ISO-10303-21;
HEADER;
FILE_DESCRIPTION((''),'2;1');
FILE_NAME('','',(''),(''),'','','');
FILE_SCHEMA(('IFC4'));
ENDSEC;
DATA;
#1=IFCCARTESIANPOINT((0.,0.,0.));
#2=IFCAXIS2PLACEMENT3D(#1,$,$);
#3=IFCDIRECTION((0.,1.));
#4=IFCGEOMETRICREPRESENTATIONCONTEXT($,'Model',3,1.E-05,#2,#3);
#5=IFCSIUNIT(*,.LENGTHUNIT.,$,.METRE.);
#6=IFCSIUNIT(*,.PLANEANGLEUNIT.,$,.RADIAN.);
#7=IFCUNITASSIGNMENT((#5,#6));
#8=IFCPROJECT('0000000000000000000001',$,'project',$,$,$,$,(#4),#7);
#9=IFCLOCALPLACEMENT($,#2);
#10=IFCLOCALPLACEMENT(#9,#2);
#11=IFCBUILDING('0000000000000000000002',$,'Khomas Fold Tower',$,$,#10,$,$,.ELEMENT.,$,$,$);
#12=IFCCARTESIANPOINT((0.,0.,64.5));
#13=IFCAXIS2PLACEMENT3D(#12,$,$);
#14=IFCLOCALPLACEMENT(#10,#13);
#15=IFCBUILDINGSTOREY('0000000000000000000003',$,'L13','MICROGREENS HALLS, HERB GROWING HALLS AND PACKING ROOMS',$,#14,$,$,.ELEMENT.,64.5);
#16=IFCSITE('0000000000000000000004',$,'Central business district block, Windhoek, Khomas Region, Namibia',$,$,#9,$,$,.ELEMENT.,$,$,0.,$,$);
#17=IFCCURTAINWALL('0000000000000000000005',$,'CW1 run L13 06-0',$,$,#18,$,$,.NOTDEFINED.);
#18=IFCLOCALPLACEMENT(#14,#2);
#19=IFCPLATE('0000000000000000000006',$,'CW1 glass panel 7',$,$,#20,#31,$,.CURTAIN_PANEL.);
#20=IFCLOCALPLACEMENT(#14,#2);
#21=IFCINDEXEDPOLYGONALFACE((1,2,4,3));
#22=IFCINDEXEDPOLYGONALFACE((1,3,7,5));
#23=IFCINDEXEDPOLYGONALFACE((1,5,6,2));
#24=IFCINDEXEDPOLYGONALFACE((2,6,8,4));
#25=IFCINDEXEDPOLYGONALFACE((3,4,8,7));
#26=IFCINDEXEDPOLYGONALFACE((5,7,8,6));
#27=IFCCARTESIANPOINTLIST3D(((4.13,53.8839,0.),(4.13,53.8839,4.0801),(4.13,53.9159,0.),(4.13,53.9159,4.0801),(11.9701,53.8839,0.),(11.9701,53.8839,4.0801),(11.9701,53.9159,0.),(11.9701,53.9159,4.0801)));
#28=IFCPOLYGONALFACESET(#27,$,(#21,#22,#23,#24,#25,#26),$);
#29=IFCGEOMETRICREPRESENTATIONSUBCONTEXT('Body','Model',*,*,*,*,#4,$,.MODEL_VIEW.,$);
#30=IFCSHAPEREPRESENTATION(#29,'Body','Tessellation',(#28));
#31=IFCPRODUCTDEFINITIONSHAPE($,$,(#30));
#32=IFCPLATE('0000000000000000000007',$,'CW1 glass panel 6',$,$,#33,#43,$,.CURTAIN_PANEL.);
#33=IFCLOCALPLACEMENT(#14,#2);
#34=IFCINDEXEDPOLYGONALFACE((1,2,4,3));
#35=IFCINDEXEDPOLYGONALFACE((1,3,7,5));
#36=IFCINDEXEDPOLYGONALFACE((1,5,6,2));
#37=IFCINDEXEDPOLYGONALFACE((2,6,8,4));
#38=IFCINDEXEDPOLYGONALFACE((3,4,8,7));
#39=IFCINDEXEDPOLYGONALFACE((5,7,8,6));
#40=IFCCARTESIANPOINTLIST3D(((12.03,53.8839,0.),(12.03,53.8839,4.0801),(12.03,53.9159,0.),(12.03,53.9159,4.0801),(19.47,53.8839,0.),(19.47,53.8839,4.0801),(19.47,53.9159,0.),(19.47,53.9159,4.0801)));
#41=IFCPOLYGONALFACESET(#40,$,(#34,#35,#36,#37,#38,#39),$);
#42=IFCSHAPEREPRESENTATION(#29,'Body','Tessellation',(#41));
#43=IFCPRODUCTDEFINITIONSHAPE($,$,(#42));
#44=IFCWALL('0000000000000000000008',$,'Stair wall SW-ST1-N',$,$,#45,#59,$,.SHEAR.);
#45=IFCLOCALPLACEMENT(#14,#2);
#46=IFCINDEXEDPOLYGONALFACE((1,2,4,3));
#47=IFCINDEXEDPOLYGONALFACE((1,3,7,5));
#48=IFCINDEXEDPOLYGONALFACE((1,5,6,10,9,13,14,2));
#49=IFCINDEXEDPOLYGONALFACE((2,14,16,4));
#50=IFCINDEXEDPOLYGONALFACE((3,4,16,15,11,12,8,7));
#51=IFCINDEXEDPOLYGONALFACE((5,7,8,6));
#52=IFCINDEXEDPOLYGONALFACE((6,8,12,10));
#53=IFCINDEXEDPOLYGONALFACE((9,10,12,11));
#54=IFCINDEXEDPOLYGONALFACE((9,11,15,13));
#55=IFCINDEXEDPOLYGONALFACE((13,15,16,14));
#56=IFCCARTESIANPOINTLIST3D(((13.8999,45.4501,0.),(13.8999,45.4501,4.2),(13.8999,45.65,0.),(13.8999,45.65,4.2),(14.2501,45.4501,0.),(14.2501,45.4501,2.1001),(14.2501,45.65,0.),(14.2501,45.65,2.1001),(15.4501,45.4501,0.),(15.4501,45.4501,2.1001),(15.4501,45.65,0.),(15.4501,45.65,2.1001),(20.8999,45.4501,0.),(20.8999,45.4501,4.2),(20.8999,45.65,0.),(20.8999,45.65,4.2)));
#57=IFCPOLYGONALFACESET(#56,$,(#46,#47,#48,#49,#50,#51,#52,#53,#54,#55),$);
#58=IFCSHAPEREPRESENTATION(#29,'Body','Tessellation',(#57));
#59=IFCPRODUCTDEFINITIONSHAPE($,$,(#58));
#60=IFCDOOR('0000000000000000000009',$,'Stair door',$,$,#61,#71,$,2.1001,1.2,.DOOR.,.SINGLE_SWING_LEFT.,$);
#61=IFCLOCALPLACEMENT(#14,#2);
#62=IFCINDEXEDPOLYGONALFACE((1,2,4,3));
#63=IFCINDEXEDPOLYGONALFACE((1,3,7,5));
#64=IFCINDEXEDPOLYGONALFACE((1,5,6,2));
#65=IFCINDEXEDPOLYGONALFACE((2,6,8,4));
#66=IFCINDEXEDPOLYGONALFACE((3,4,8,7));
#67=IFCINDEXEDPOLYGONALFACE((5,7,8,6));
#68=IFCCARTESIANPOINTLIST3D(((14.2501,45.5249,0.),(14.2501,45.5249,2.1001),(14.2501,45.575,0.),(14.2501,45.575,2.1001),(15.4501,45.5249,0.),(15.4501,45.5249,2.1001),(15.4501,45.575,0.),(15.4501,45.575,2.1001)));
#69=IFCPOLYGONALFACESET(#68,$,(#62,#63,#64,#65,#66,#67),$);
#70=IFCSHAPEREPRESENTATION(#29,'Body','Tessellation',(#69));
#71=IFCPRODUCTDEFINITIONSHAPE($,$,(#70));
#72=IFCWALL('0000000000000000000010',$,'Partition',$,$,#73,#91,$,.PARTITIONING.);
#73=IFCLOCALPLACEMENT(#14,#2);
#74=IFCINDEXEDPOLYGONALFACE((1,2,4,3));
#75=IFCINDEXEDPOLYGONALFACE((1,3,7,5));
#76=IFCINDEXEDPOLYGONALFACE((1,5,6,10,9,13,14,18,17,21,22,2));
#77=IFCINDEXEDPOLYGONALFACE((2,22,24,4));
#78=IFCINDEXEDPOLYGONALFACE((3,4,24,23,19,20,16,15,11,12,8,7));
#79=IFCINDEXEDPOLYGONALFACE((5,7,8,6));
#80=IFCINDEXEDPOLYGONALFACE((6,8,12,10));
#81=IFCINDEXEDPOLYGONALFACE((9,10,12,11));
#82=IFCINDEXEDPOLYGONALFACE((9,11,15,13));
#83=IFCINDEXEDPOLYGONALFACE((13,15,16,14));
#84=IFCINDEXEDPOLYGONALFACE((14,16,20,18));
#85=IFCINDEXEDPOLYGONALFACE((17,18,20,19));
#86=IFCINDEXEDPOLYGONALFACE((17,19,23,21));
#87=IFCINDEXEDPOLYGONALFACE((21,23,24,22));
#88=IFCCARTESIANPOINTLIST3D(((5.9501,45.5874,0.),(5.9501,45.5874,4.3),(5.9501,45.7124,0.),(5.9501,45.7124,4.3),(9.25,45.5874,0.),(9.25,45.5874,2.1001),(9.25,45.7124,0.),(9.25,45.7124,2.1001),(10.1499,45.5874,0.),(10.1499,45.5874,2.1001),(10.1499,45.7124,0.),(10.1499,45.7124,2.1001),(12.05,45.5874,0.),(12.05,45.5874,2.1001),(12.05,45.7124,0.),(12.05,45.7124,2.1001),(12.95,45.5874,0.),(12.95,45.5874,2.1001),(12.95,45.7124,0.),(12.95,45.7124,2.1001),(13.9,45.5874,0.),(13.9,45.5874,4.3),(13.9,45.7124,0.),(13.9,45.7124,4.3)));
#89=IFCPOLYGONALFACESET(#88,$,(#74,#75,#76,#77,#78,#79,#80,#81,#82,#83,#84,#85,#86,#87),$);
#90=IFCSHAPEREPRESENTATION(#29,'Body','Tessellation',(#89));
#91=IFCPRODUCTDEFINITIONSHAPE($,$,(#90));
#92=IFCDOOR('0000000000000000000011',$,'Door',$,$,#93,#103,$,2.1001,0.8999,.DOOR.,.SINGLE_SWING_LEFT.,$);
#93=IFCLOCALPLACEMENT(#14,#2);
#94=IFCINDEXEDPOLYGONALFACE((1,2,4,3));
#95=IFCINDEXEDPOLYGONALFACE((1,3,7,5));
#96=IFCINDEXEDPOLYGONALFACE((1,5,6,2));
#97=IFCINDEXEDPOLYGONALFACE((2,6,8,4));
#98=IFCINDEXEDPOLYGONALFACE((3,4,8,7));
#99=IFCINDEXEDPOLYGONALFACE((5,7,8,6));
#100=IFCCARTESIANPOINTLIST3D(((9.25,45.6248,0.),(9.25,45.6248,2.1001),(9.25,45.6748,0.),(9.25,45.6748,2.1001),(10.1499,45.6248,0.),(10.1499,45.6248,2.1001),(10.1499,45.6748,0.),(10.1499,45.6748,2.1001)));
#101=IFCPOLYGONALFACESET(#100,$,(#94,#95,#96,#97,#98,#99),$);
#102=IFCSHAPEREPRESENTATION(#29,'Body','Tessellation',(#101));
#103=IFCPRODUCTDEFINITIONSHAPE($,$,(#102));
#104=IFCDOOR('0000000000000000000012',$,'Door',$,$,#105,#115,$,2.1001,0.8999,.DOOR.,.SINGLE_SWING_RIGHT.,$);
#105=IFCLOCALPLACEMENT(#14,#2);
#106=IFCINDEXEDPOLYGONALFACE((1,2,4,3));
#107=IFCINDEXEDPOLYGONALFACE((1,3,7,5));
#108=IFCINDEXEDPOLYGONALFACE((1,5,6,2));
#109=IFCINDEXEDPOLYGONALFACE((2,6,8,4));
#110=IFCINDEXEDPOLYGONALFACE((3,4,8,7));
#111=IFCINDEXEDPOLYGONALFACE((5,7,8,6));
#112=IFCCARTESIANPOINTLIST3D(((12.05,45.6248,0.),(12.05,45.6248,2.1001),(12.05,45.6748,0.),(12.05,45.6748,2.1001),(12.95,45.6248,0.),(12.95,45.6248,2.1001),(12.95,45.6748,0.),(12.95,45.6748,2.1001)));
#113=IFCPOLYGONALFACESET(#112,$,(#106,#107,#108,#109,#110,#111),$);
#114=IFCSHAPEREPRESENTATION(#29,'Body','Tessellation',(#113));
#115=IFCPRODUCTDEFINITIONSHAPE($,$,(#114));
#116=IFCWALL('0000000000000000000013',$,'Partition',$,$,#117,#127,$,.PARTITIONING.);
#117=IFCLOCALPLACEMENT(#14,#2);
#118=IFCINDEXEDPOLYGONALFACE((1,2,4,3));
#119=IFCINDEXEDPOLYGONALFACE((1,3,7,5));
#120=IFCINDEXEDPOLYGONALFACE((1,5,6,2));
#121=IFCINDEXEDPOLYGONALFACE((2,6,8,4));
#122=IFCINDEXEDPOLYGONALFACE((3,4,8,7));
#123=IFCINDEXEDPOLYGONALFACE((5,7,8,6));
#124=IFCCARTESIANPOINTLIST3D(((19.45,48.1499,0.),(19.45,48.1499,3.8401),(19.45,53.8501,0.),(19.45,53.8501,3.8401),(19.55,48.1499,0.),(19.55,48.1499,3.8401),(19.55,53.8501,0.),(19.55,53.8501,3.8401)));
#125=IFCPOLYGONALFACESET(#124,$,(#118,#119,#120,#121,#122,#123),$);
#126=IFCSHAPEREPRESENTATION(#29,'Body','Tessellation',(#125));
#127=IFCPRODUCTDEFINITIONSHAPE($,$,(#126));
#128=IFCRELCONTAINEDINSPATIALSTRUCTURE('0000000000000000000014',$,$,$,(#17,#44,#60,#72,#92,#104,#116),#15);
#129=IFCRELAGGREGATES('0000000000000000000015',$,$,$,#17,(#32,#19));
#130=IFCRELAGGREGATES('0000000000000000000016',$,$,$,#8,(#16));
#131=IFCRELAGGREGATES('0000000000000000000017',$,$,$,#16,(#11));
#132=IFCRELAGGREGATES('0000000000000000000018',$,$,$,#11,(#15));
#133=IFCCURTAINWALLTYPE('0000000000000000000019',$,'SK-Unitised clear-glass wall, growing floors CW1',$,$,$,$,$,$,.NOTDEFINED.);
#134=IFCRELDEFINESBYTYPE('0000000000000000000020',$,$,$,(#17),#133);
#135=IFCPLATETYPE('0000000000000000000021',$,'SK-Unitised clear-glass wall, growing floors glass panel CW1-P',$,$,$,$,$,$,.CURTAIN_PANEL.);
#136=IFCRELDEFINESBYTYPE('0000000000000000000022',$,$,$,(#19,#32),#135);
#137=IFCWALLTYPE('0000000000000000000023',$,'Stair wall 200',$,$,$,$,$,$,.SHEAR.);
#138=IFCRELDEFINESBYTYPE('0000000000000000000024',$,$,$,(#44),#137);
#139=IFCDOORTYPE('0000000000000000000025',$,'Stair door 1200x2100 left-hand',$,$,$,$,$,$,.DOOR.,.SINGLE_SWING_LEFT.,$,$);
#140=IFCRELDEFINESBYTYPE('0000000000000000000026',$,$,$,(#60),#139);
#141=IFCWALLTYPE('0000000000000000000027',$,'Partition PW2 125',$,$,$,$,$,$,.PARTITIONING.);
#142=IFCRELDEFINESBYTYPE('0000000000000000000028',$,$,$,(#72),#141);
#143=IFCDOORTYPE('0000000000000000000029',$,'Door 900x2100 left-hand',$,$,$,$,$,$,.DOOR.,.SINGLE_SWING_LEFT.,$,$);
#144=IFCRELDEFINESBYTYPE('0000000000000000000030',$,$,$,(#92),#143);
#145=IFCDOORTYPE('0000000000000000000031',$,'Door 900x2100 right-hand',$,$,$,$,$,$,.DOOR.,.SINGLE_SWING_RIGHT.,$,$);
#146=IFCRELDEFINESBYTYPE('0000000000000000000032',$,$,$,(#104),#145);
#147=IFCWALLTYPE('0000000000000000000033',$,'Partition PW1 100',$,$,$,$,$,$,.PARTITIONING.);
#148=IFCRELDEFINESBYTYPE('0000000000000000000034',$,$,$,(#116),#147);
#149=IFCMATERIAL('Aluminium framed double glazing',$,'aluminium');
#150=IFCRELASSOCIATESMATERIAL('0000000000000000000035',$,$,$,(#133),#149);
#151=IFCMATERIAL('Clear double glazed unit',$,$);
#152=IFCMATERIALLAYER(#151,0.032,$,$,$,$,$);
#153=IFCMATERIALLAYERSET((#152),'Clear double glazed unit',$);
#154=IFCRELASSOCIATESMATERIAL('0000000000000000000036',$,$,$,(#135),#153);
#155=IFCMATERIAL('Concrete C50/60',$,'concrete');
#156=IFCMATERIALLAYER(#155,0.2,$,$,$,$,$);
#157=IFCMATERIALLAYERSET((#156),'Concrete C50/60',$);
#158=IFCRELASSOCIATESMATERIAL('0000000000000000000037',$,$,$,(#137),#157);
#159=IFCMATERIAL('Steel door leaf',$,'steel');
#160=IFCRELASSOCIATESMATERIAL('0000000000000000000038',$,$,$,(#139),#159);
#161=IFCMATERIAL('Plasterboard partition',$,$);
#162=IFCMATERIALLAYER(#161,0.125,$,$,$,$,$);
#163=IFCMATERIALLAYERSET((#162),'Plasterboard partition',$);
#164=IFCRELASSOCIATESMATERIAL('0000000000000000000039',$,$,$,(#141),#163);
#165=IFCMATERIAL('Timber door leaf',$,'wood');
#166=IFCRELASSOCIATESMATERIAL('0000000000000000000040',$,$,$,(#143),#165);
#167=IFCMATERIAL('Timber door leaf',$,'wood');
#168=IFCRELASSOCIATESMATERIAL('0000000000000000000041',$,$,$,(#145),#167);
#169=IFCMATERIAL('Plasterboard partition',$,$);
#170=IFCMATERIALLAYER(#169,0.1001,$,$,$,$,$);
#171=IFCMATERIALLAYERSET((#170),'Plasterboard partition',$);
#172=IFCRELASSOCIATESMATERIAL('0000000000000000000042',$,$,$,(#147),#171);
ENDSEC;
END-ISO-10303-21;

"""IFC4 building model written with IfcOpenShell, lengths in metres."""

from ifc_helpers import new_model, si_unit, direction, frame, frame_2d, origin, origin_2d, place, context, subcontext, project, spatial, rectangle, extrude, source, transform, mapped, material, layer, layer_set, type_object, element, fill, aggregate, save


model = new_model("IFC4")

# Units and contexts
model_context = context("Model", 3, precision=1e-05, world=origin(), true_north=direction((0.0, 1.0)))
body_context = subcontext(model_context, "Body", "Model", "MODEL_VIEW")
ifc_project = project(units=[si_unit("LENGTHUNIT", "METRE"), si_unit("PLANEANGLEUNIT", "RADIAN")], contexts=[model_context])

# Site, building, storey
site_placement = place(None, origin())
site = spatial("IfcSite", under=ifc_project, at=site_placement, Name="Central business district block, Windhoek, Khomas Region, Namibia", CompositionType="ELEMENT", RefElevation=0.0)
building_placement = place(site_placement, origin())
building = spatial("IfcBuilding", under=site, at=building_placement, Name="Khomas Fold Tower", CompositionType="ELEMENT")
storey_placement = place(building_placement, frame((0.0, 0.0, 64.5)))
storey = spatial("IfcBuildingStorey", under=building, at=storey_placement, Name="L13", Description="MICROGREENS HALLS, HERB GROWING HALLS AND PACKING ROOMS", CompositionType="ELEMENT", Elevation=64.5)

# Curtain wall, plates
ifc_material_1 = material(Name="Aluminium framed double glazing", Category="aluminium")
curtain_wall_type = type_object("IfcCurtainWallType", Name="SK-Unitised clear-glass wall, growing floors CW1", PredefinedType="NOTDEFINED", material=ifc_material_1)
curtain_wall_placement = place(storey_placement, origin())
curtain_wall = element("IfcCurtainWall", 1, at=curtain_wall_placement, inside=storey, type_object=curtain_wall_type, Name="CW1 run L13 06-0", PredefinedType="NOTDEFINED")
ifc_material_2 = material(Name="Clear double glazed unit")
ifc_layer_1 = layer(ifc_material_2, 0.032)
ifc_layer_set_1 = layer_set([ifc_layer_1], Name="Clear double glazed unit")
plate_type = type_object("IfcPlateType", Name="SK-Unitised clear-glass wall, growing floors glass panel CW1-P", PredefinedType="CURTAIN_PANEL", material=ifc_layer_set_1)
shared_shape_1 = source(origin(), body_context, "Body", "SweptSolid", [
    extrude(rectangle(XDim=7.8401, YDim=0.032, at=origin_2d()), origin(), (0.0, 0.0, 1.0), 4.0801),
])
plate_1_placement = place(storey_placement, frame((8.05, 53.8999, 0.0), z_axis=(0.0, 0.0, 1.0), x_axis=(-1.0, 0.0, 0.0)))
plate_1 = element("IfcPlate", 2, at=plate_1_placement, type_object=plate_type, Name="CW1 glass panel 7", PredefinedType="CURTAIN_PANEL", context=body_context, shape_type="MappedRepresentation", body=[
    mapped(shared_shape_1, transform((0.0, 0.0, 0.0))),
])
shared_shape_2 = source(origin(), body_context, "Body", "SweptSolid", [
    extrude(rectangle(XDim=7.4399, YDim=0.032, at=origin_2d()), origin(), (0.0, 0.0, 1.0), 4.0801),
])
plate_2_placement = place(storey_placement, frame((15.75, 53.8999, 0.0), z_axis=(0.0, 0.0, 1.0), x_axis=(-1.0, 0.0, 0.0)))
plate_2 = element("IfcPlate", 3, at=plate_2_placement, type_object=plate_type, Name="CW1 glass panel 6", PredefinedType="CURTAIN_PANEL", context=body_context, shape_type="MappedRepresentation", body=[
    mapped(shared_shape_2, transform((0.0, 0.0, 0.0))),
])
aggregate(curtain_wall, [plate_2, plate_1])

# Wall, opening, door
ifc_material_3 = material(Name="Concrete C50/60", Category="concrete")
ifc_layer_2 = layer(ifc_material_3, 0.2)
ifc_layer_set_2 = layer_set([ifc_layer_2], Name="Concrete C50/60")
wall_type_1 = type_object("IfcWallType", Name="Stair wall 200", PredefinedType="SHEAR", material=ifc_layer_set_2)
shared_shape_3 = source(origin(), body_context, "Body", "SweptSolid", [
    extrude(rectangle(XDim=7.0, YDim=0.2, at=frame_2d((3.5, 0.0))), origin(), (0.0, 0.0, 1.0), 4.2),
])
wall_1_placement = place(storey_placement, frame((13.8999, 45.55, 0.0), z_axis=(0.0, 0.0, 1.0), x_axis=(1.0, 0.0, 0.0)))
wall_1 = element("IfcWall", 4, at=wall_1_placement, inside=storey, type_object=wall_type_1, Name="Stair wall SW-ST1-N", PredefinedType="SHEAR", context=body_context, shape_type="MappedRepresentation", body=[
    mapped(shared_shape_3, transform((0.0, 0.0, 0.0))),
])
shared_shape_4 = source(origin(), body_context, "Body", "SweptSolid", [
    extrude(rectangle(XDim=1.2, YDim=2.1001, at=frame_2d((0.6001, 1.05))), frame((0.0, 0.1099, 0.0), z_axis=(0.0, -1.0, 0.0), x_axis=(1.0, 0.0, 0.0)), (0.0, 0.0, 1.0), 0.22),
])
opening_1_placement = place(wall_1_placement, frame((0.3501, 0.0, 0.0)))
opening_1 = element("IfcOpeningElement", 5, at=opening_1_placement, cuts=wall_1, PredefinedType="OPENING", context=body_context, shape_type="MappedRepresentation", body=[
    mapped(shared_shape_4, transform((0.0, 0.0, 0.0))),
])
ifc_material_4 = material(Name="Steel door leaf", Category="steel")
door_type_1 = type_object("IfcDoorType", Name="Stair door 1200x2100 left-hand", OperationType="SINGLE_SWING_LEFT", PredefinedType="DOOR", material=ifc_material_4)
shared_shape_5 = source(origin(), body_context, "Body", "SweptSolid", [
    extrude(rectangle(XDim=1.2, YDim=2.1001, at=frame_2d((0.6001, 1.05))), frame((0.0, 0.0249, 0.0), z_axis=(0.0, -1.0, 0.0), x_axis=(1.0, 0.0, 0.0)), (0.0, 0.0, 1.0), 0.05),
])
door_1_placement = place(opening_1_placement, origin())
door_1 = element("IfcDoor", 6, at=door_1_placement, inside=storey, type_object=door_type_1, Name="Stair door", OperationType="SINGLE_SWING_LEFT", OverallHeight=2.1001, OverallWidth=1.2, PredefinedType="DOOR", context=body_context, shape_type="MappedRepresentation", body=[
    mapped(shared_shape_5, transform((0.0, 0.0, 0.0))),
])
fill(opening_1, door_1)

# Wall, openings, doors
ifc_material_5 = material(Name="Plasterboard partition")
ifc_layer_3 = layer(ifc_material_5, 0.125)
ifc_layer_set_3 = layer_set([ifc_layer_3], Name="Plasterboard partition")
wall_type_2 = type_object("IfcWallType", Name="Partition PW2 125", PredefinedType="PARTITIONING", material=ifc_layer_set_3)
shared_shape_6 = source(origin(), body_context, "Body", "SweptSolid", [
    extrude(rectangle(XDim=7.95, YDim=0.125, at=frame_2d((3.9751, 0.0))), origin(), (0.0, 0.0, 1.0), 4.3),
])
wall_2_placement = place(storey_placement, frame((5.95, 45.6499, 0.0), z_axis=(0.0, 0.0, 1.0), x_axis=(1.0, 0.0, 0.0)))
wall_2 = element("IfcWall", 7, at=wall_2_placement, inside=storey, type_object=wall_type_2, Name="Partition", PredefinedType="PARTITIONING", context=body_context, shape_type="MappedRepresentation", body=[
    mapped(shared_shape_6, transform((0.0, 0.0, 0.0))),
])
shared_shape_7 = source(origin(), body_context, "Body", "SweptSolid", [
    extrude(rectangle(XDim=0.8999, YDim=2.1001, at=frame_2d((0.45, 1.05))), frame((0.0, 0.0725, 0.0), z_axis=(0.0, -1.0, 0.0), x_axis=(1.0, 0.0, 0.0)), (0.0, 0.0, 1.0), 0.145),
])
opening_2_placement = place(wall_2_placement, frame((3.3, 0.0, 0.0)))
opening_2 = element("IfcOpeningElement", 8, at=opening_2_placement, cuts=wall_2, PredefinedType="OPENING", context=body_context, shape_type="MappedRepresentation", body=[
    mapped(shared_shape_7, transform((0.0, 0.0, 0.0))),
])
opening_3_placement = place(wall_2_placement, frame((6.1001, 0.0, 0.0)))
opening_3 = element("IfcOpeningElement", 9, at=opening_3_placement, cuts=wall_2, PredefinedType="OPENING", context=body_context, shape_type="MappedRepresentation", body=[
    mapped(shared_shape_7, transform((0.0, 0.0, 0.0))),
])
ifc_material_6 = material(Name="Timber door leaf", Category="wood")
door_type_2 = type_object("IfcDoorType", Name="Door 900x2100 left-hand", OperationType="SINGLE_SWING_LEFT", PredefinedType="DOOR", material=ifc_material_6)
shared_shape_8 = source(origin(), body_context, "Body", "SweptSolid", [
    extrude(rectangle(XDim=0.8999, YDim=2.1001, at=frame_2d((0.45, 1.05))), frame((0.0, 0.0249, 0.0), z_axis=(0.0, -1.0, 0.0), x_axis=(1.0, 0.0, 0.0)), (0.0, 0.0, 1.0), 0.05),
])
door_2_placement = place(opening_2_placement, origin())
door_2 = element("IfcDoor", 10, at=door_2_placement, inside=storey, type_object=door_type_2, Name="Door", OperationType="SINGLE_SWING_LEFT", OverallHeight=2.1001, OverallWidth=0.8999, PredefinedType="DOOR", context=body_context, shape_type="MappedRepresentation", body=[
    mapped(shared_shape_8, transform((0.0, 0.0, 0.0))),
])
fill(opening_2, door_2)
ifc_material_7 = material(Name="Timber door leaf", Category="wood")
door_type_3 = type_object("IfcDoorType", Name="Door 900x2100 right-hand", OperationType="SINGLE_SWING_RIGHT", PredefinedType="DOOR", material=ifc_material_7)
door_3_placement = place(opening_3_placement, origin())
door_3 = element("IfcDoor", 11, at=door_3_placement, inside=storey, type_object=door_type_3, Name="Door", OperationType="SINGLE_SWING_RIGHT", OverallHeight=2.1001, OverallWidth=0.8999, PredefinedType="DOOR", context=body_context, shape_type="MappedRepresentation", body=[
    mapped(shared_shape_8, transform((0.0, 0.0, 0.0))),
])
fill(opening_3, door_3)

# Wall
ifc_material_8 = material(Name="Plasterboard partition")
ifc_layer_4 = layer(ifc_material_8, 0.1001)
ifc_layer_set_4 = layer_set([ifc_layer_4], Name="Plasterboard partition")
wall_type_3 = type_object("IfcWallType", Name="Partition PW1 100", PredefinedType="PARTITIONING", material=ifc_layer_set_4)
shared_shape_9 = source(origin(), body_context, "Body", "SweptSolid", [
    extrude(rectangle(XDim=5.7002, YDim=0.1001, at=frame_2d((2.8501, 0.0))), origin(), (0.0, 0.0, 1.0), 3.8401),
])
wall_3_placement = place(storey_placement, frame((19.5, 48.1499, 0.0), z_axis=(0.0, 0.0, 1.0), x_axis=(0.0, 1.0, 0.0)))
element("IfcWall", 12, at=wall_3_placement, inside=storey, type_object=wall_type_3, Name="Partition", PredefinedType="PARTITIONING", context=body_context, shape_type="MappedRepresentation", body=[
    mapped(shared_shape_9, transform((0.0, 0.0, 0.0))),
])

save(model, "model.ifc")
